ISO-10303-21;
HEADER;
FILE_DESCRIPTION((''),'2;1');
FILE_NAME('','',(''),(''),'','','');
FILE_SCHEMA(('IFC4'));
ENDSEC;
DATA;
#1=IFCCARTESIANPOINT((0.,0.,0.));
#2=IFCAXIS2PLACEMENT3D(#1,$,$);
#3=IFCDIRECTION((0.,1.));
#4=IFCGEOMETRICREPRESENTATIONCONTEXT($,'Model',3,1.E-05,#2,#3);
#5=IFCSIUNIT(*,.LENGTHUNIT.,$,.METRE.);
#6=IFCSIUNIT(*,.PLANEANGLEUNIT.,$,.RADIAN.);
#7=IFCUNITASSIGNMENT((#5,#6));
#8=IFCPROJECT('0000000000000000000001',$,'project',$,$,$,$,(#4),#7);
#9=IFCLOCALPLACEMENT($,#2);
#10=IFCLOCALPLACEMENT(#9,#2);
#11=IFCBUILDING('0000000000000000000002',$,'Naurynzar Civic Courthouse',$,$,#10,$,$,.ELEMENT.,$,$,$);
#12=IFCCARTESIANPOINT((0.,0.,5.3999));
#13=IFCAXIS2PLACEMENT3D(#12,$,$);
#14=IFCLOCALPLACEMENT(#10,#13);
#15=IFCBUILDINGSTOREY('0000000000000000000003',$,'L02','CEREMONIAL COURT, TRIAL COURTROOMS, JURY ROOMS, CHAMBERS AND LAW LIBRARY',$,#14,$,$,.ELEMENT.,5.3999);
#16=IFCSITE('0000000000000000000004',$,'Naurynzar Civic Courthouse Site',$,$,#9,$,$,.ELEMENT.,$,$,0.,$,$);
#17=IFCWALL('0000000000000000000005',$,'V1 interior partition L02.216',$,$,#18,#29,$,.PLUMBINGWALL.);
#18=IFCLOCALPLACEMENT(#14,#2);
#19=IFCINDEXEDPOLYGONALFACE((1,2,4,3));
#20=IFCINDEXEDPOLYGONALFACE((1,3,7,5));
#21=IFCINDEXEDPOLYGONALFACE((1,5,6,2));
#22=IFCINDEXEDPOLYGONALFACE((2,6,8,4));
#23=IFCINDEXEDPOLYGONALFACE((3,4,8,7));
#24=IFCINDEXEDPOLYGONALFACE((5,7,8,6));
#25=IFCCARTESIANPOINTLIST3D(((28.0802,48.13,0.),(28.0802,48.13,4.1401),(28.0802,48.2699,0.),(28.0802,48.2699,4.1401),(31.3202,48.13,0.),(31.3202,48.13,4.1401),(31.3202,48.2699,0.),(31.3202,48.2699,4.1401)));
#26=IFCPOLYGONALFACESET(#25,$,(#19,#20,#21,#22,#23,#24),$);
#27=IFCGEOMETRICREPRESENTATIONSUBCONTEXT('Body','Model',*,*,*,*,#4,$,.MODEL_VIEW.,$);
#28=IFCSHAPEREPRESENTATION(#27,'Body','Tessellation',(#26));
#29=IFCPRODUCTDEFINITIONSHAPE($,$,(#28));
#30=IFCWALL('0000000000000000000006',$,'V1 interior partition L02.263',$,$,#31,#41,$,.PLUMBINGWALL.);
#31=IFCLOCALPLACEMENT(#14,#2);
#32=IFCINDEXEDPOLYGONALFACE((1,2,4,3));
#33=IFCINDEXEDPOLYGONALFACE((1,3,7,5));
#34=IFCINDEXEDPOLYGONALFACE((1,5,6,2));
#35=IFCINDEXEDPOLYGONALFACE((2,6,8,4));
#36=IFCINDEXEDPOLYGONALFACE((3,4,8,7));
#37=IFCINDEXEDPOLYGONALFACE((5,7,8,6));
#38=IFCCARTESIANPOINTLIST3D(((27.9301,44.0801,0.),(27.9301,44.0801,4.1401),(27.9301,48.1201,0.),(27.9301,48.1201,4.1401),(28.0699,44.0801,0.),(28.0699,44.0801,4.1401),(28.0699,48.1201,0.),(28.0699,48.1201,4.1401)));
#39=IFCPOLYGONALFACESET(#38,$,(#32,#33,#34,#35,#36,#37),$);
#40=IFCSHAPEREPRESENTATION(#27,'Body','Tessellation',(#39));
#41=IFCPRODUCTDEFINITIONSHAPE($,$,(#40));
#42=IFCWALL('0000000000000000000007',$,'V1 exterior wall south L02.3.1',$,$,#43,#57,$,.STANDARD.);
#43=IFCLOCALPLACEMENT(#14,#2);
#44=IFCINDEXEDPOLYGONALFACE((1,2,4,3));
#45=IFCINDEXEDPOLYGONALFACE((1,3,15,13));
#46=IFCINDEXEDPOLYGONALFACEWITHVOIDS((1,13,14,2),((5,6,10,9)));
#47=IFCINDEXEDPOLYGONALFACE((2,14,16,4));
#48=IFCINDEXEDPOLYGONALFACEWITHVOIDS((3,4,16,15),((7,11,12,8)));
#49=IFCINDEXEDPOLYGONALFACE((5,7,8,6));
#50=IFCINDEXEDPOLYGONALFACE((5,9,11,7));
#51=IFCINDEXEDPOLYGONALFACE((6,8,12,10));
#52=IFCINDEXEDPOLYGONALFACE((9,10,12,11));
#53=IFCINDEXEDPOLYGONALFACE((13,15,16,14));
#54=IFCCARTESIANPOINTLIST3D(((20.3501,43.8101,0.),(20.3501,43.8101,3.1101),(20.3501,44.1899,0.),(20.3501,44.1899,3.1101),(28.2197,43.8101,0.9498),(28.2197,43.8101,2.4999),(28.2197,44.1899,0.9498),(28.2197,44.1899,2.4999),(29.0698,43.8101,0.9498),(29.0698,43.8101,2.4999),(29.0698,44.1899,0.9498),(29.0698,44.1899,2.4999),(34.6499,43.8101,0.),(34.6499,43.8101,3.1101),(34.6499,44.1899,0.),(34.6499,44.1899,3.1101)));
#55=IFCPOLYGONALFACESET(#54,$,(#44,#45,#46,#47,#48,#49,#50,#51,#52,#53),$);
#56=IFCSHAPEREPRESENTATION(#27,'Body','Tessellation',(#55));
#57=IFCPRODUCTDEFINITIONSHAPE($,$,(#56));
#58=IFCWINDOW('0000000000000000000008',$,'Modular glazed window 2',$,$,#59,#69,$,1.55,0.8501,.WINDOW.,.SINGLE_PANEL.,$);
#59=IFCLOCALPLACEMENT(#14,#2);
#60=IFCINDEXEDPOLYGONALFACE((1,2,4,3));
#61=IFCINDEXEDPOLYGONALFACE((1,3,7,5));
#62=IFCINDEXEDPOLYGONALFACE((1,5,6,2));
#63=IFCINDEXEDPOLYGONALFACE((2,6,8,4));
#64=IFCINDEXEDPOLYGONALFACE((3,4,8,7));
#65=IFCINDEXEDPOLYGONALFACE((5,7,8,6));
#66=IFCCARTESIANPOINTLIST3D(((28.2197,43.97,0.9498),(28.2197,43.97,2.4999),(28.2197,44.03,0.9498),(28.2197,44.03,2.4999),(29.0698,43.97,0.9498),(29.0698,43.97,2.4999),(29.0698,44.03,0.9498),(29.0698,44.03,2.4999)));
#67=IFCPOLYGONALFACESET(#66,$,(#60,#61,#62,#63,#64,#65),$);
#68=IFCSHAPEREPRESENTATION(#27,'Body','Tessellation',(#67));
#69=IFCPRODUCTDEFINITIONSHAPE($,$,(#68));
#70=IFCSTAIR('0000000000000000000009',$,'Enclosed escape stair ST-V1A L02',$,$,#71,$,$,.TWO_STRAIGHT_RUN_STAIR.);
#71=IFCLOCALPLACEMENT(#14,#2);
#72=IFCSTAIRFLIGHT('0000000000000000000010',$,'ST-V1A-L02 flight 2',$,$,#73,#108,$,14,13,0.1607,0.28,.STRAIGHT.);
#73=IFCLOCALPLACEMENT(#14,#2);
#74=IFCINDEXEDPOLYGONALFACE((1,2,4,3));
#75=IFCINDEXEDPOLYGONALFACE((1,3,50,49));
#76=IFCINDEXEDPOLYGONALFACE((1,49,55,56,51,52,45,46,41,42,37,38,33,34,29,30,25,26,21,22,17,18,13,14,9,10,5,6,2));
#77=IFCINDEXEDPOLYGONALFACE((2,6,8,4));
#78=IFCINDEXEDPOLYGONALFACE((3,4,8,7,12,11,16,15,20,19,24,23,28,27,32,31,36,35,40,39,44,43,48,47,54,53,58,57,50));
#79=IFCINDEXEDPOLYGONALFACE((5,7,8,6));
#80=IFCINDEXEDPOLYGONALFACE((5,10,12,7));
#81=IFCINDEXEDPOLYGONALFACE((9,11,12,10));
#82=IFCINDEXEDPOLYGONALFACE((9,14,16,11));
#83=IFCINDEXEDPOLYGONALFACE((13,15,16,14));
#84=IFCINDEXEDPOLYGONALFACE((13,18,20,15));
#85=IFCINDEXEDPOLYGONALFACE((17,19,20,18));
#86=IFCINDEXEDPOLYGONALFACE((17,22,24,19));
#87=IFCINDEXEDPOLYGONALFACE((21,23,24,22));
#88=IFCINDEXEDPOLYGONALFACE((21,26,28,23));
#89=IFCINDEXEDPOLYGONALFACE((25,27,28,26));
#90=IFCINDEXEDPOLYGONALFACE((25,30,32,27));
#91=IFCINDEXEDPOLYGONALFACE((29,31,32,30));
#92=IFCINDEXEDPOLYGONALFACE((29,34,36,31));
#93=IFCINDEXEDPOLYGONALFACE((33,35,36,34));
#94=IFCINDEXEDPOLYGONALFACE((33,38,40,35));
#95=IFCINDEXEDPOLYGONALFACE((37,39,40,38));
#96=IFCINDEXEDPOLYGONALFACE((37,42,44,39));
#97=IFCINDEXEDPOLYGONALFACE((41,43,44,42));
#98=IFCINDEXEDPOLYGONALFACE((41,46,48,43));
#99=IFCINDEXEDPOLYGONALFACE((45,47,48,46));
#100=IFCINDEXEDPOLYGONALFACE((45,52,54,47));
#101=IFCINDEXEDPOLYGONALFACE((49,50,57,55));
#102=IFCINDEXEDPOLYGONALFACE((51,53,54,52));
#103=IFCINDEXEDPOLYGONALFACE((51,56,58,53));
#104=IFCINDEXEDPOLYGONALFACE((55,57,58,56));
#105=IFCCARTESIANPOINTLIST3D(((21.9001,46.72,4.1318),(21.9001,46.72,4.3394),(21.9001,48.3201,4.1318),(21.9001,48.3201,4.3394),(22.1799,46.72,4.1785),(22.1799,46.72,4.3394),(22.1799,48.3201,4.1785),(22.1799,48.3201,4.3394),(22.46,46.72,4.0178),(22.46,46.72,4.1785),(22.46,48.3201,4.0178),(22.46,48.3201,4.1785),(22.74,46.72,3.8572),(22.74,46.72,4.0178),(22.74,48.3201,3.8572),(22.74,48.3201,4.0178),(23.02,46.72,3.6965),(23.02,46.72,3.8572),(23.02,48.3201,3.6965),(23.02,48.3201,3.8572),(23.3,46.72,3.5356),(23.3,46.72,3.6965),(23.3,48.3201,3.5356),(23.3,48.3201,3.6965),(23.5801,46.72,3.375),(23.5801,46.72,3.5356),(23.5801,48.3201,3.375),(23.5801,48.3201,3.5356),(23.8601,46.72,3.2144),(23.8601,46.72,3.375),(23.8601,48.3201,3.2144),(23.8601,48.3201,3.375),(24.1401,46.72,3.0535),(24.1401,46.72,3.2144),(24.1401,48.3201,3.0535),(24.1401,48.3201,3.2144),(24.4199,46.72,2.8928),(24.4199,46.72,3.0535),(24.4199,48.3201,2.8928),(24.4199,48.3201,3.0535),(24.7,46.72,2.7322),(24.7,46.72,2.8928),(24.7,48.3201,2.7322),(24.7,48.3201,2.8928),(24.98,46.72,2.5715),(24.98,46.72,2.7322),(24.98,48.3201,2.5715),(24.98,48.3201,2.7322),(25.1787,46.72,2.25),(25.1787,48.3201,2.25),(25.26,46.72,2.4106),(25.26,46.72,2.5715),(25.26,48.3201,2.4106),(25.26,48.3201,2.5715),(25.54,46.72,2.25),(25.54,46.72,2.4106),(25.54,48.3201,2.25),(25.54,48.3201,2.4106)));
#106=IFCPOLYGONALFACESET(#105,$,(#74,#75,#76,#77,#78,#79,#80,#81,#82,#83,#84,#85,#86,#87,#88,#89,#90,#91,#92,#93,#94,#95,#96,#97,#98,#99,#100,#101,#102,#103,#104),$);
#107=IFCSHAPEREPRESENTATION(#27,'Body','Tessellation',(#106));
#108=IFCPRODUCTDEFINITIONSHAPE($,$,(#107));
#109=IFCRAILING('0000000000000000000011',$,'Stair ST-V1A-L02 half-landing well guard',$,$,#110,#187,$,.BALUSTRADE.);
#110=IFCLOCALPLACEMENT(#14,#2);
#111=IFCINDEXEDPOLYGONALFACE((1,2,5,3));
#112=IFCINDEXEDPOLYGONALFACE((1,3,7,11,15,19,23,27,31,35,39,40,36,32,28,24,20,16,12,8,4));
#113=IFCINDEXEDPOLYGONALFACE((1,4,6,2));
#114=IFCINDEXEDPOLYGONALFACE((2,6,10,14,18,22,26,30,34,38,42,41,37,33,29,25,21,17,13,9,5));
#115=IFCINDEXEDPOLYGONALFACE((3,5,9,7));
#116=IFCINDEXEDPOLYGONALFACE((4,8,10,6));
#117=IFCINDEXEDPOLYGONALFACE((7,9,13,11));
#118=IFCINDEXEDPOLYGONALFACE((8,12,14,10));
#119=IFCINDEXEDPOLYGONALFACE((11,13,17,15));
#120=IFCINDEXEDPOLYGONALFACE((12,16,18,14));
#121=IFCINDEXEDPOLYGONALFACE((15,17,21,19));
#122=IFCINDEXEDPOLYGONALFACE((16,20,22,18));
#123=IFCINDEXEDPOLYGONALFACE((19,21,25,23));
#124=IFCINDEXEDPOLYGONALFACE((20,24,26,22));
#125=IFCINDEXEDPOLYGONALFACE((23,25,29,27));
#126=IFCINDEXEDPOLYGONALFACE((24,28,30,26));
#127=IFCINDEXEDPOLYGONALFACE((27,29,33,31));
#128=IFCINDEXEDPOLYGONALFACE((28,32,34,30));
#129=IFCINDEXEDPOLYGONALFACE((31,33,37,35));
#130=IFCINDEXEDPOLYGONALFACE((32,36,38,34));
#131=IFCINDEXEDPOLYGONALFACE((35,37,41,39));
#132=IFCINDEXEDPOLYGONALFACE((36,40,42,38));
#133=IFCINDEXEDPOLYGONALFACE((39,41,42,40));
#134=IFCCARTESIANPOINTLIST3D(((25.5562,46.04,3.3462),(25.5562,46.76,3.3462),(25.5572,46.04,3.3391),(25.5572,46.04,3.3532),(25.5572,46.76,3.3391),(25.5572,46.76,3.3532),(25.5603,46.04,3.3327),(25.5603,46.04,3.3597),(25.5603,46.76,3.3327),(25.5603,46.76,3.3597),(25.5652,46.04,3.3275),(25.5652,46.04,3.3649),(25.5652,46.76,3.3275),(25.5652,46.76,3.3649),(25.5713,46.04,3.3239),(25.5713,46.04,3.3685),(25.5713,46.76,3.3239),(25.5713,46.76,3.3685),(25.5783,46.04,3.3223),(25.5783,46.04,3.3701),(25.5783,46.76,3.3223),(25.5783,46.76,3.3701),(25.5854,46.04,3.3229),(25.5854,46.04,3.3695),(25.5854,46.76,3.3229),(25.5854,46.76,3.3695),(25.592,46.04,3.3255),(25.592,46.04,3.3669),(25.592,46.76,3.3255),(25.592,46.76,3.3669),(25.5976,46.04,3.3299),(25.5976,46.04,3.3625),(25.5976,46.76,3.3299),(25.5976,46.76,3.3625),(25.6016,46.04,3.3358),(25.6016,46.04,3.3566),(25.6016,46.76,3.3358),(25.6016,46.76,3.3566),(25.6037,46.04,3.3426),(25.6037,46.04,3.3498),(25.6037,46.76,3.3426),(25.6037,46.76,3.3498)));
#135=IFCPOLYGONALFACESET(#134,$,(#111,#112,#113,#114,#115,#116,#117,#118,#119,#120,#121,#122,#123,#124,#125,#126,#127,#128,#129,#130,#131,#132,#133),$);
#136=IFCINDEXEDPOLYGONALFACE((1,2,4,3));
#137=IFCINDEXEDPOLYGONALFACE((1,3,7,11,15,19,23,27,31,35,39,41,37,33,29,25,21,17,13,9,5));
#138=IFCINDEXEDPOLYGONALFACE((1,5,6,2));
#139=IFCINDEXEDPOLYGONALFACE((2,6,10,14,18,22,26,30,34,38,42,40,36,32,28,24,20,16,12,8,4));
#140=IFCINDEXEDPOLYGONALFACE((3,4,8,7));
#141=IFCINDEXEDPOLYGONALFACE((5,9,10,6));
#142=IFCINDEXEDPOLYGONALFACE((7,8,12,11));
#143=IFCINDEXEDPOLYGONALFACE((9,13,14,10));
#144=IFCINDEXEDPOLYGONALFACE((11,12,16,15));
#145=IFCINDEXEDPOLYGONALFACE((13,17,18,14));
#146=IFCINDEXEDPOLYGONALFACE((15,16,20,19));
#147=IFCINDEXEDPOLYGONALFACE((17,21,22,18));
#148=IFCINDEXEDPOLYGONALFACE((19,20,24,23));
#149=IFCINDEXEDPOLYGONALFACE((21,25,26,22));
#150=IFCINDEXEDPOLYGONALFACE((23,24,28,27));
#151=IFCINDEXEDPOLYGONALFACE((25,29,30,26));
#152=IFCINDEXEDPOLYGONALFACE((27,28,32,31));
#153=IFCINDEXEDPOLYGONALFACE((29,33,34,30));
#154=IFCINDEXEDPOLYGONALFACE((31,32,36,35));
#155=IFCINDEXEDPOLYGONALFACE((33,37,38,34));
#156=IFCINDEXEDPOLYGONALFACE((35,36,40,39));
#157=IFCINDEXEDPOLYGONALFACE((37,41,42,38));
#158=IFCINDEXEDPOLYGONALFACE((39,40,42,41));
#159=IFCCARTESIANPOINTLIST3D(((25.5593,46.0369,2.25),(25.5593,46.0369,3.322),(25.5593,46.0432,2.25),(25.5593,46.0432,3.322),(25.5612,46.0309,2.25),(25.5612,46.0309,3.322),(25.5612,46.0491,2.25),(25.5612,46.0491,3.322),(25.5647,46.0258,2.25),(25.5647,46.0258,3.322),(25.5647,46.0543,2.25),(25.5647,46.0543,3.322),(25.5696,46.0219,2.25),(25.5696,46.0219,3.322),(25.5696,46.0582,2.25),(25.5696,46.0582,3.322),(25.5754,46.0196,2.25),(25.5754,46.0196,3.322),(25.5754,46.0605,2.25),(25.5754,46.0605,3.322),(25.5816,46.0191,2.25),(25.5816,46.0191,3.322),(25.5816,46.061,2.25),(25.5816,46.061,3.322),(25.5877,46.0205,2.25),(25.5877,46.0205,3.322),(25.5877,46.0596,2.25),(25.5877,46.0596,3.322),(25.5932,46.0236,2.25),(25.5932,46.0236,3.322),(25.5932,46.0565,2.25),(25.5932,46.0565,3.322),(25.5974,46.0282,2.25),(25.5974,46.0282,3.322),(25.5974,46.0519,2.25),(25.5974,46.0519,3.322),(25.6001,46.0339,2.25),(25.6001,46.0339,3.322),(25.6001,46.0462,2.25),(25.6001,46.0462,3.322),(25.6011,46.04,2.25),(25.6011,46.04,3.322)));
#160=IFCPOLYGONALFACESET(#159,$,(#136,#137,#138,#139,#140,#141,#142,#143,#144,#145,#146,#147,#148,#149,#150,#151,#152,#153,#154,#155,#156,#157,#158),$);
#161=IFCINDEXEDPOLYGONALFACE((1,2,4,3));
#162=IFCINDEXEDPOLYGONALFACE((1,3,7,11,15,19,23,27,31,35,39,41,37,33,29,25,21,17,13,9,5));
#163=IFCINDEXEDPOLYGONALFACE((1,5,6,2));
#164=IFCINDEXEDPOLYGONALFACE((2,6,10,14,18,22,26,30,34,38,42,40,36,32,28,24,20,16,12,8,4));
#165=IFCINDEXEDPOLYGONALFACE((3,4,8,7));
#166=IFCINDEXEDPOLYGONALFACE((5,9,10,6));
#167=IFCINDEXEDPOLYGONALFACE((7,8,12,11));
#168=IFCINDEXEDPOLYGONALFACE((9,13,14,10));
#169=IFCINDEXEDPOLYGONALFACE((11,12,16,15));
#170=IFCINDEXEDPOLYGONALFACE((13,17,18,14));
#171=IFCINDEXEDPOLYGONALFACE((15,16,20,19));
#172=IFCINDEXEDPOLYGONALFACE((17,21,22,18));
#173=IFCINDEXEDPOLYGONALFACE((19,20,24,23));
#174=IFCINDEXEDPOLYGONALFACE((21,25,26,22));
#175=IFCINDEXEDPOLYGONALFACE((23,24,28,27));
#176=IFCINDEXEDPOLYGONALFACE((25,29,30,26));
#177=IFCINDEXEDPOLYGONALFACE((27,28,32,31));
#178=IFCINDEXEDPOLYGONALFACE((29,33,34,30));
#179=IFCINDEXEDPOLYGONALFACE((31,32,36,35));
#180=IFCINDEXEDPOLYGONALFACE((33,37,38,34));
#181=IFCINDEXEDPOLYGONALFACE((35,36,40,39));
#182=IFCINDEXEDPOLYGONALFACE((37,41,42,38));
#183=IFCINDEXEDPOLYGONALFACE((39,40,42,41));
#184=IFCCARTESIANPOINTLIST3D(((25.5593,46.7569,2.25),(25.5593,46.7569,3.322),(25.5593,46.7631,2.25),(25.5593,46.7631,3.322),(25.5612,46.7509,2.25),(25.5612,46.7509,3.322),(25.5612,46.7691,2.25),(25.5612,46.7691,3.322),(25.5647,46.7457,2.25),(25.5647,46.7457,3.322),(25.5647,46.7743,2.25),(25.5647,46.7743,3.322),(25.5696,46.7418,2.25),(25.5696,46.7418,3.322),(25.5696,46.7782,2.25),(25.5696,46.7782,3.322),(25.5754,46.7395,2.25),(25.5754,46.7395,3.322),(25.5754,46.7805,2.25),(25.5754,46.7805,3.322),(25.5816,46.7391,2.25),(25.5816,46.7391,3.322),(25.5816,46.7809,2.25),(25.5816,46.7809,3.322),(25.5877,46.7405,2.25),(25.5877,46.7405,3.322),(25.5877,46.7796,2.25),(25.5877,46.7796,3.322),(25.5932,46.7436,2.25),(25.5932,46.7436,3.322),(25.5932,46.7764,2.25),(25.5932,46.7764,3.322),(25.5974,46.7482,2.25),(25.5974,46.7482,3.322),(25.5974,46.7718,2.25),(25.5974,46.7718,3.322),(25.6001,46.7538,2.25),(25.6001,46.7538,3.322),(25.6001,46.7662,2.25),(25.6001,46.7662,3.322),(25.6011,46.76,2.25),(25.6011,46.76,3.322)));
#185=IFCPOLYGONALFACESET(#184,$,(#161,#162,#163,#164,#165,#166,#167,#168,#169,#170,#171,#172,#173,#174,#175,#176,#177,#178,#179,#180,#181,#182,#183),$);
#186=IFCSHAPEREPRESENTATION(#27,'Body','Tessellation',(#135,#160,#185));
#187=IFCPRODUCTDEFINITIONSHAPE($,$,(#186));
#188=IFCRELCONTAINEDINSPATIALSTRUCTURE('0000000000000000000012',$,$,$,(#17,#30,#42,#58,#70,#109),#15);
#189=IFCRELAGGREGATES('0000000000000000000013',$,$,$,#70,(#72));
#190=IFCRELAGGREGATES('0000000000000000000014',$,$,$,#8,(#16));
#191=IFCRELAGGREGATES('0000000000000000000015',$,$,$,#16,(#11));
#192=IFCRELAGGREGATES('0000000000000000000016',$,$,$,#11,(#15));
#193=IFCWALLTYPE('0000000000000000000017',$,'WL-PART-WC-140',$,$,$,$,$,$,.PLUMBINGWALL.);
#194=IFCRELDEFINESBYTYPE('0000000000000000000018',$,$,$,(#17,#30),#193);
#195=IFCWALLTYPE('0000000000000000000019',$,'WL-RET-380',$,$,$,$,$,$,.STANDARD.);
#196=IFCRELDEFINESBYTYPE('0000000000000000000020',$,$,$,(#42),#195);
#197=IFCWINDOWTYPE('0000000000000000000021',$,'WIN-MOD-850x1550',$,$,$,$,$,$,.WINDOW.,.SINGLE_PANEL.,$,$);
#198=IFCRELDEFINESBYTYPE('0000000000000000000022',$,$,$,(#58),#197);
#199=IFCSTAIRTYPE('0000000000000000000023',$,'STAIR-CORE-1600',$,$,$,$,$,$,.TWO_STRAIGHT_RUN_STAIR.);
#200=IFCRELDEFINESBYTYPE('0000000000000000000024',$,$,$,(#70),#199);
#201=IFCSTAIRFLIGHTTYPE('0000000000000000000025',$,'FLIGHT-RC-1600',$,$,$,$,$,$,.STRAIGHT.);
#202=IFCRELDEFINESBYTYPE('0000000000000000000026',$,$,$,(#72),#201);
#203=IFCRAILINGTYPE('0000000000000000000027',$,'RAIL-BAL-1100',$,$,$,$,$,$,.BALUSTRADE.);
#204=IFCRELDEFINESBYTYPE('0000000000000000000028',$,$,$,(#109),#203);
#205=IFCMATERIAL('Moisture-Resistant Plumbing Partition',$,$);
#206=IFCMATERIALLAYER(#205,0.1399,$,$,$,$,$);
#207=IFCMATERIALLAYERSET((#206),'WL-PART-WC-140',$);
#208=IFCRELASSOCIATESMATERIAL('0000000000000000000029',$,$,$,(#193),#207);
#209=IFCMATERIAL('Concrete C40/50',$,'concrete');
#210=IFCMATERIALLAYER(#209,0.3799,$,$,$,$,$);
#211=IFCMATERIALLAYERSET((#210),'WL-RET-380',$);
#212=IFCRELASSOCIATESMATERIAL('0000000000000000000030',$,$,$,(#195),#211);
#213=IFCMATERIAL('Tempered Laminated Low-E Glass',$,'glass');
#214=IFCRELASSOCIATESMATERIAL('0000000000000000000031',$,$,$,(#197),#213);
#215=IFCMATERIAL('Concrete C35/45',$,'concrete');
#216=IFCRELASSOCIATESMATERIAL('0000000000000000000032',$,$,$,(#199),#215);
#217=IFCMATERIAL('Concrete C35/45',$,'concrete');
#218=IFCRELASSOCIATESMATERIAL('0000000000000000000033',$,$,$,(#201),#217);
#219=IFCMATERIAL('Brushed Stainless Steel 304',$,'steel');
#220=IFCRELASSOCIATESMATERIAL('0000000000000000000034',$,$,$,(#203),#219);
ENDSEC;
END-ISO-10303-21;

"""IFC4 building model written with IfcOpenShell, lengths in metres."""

from ifc_helpers import new_model, si_unit, direction, frame, frame_2d, origin, origin_2d, place, context, subcontext, project, spatial, polyline, rectangle, circle, outline, extrude, material, layer, layer_set, type_object, element, fill, aggregate, save


model = new_model("IFC4")

# Units and contexts
model_context = context("Model", 3, precision=1e-05, world=origin(), true_north=direction((0.0, 1.0)))
body_context = subcontext(model_context, "Body", "Model", "MODEL_VIEW")
ifc_project = project(units=[si_unit("LENGTHUNIT", "METRE"), si_unit("PLANEANGLEUNIT", "RADIAN")], contexts=[model_context])

# Site, building, storey
site_placement = place(None, origin())
site = spatial("IfcSite", under=ifc_project, at=site_placement, Name="Naurynzar Civic Courthouse Site", CompositionType="ELEMENT", RefElevation=0.0)
building_placement = place(site_placement, origin())
building = spatial("IfcBuilding", under=site, at=building_placement, Name="Naurynzar Civic Courthouse", CompositionType="ELEMENT")
storey_placement = place(building_placement, frame((0.0, 0.0, 5.3999)))
storey = spatial("IfcBuildingStorey", under=building, at=storey_placement, Name="L02", Description="CEREMONIAL COURT, TRIAL COURTROOMS, JURY ROOMS, CHAMBERS AND LAW LIBRARY", CompositionType="ELEMENT", Elevation=5.3999)

# Walls
ifc_material_1 = material(Name="Moisture-Resistant Plumbing Partition")
ifc_layer_1 = layer(ifc_material_1, 0.1399)
ifc_layer_set_1 = layer_set([ifc_layer_1], Name="WL-PART-WC-140")
wall_type_1 = type_object("IfcWallType", Name="WL-PART-WC-140", PredefinedType="PLUMBINGWALL", material=ifc_layer_set_1)
wall_1_placement = place(storey_placement, frame((28.0801, 48.2, 0.0), z_axis=(0.0, 0.0, 1.0), x_axis=(1.0, 0.0, 0.0)))
element("IfcWall", 1, at=wall_1_placement, inside=storey, type_object=wall_type_1, Name="V1 interior partition L02.216", PredefinedType="PLUMBINGWALL", context=body_context, shape_type="SweptSolid", body=[
    extrude(rectangle(XDim=3.24, YDim=0.1399, at=frame_2d((1.6201, 0.0))), origin(), (0.0, 0.0, 1.0), 4.1401),
])
wall_2_placement = place(storey_placement, frame((28.0, 44.0801, 0.0), z_axis=(0.0, 0.0, 1.0), x_axis=(0.0, 1.0, 0.0)))
element("IfcWall", 2, at=wall_2_placement, inside=storey, type_object=wall_type_1, Name="V1 interior partition L02.263", PredefinedType="PLUMBINGWALL", context=body_context, shape_type="SweptSolid", body=[
    extrude(rectangle(XDim=4.04, YDim=0.1399, at=frame_2d((2.02, 0.0))), origin(), (0.0, 0.0, 1.0), 4.1401),
])

# Wall, opening, window
ifc_material_2 = material(Name="Concrete C40/50", Category="concrete")
ifc_layer_2 = layer(ifc_material_2, 0.3799)
ifc_layer_set_2 = layer_set([ifc_layer_2], Name="WL-RET-380")
wall_type_2 = type_object("IfcWallType", Name="WL-RET-380", PredefinedType="STANDARD", material=ifc_layer_set_2)
wall_3_placement = place(storey_placement, frame((34.6499, 44.0, 0.0), z_axis=(0.0, 0.0, 1.0), x_axis=(-1.0, 0.0, 0.0)))
wall_3 = element("IfcWall", 3, at=wall_3_placement, inside=storey, type_object=wall_type_2, Name="V1 exterior wall south L02.3.1", PredefinedType="STANDARD", context=body_context, shape_type="SweptSolid", body=[
    extrude(rectangle(XDim=14.2998, YDim=0.3799, at=frame_2d((7.1499, 0.0))), origin(), (0.0, 0.0, 1.0), 3.1101),
])
opening_1_placement = place(wall_3_placement, frame((5.5801, 0.0, 0.95)))
opening_1 = element("IfcOpeningElement", 4, at=opening_1_placement, cuts=wall_3, PredefinedType="OPENING", context=body_context, shape_type="SweptSolid", body=[
    extrude(rectangle(XDim=0.8501, YDim=1.55, at=frame_2d((0.425, 0.7749))), frame((0.0, 0.2, 0.0), z_axis=(0.0, -1.0, 0.0), x_axis=(1.0, 0.0, 0.0)), (0.0, 0.0, 1.0), 0.3999),
])
ifc_material_3 = material(Name="Tempered Laminated Low-E Glass", Category="glass")
window_type = type_object("IfcWindowType", Name="WIN-MOD-850x1550", PartitioningType="SINGLE_PANEL", PredefinedType="WINDOW", material=ifc_material_3)
window_placement = place(opening_1_placement, origin())
window = element("IfcWindow", 5, at=window_placement, inside=storey, type_object=window_type, Name="Modular glazed window 2", OverallHeight=1.55, OverallWidth=0.8501, PartitioningType="SINGLE_PANEL", PredefinedType="WINDOW", context=body_context, shape_type="SweptSolid", body=[
    extrude(rectangle(XDim=0.8501, YDim=1.55, at=frame_2d((0.425, 0.7749))), frame((0.0, 0.03, 0.0), z_axis=(0.0, -1.0, 0.0), x_axis=(1.0, 0.0, 0.0)), (0.0, 0.0, 1.0), 0.0601),
])
fill(opening_1, window)

# Stair, stair flight
ifc_material_4 = material(Name="Concrete C35/45", Category="concrete")
stair_type = type_object("IfcStairType", Name="STAIR-CORE-1600", PredefinedType="TWO_STRAIGHT_RUN_STAIR", material=ifc_material_4)
stair_placement = place(storey_placement, origin())
stair = element("IfcStair", 6, at=stair_placement, inside=storey, type_object=stair_type, Name="Enclosed escape stair ST-V1A L02", PredefinedType="TWO_STRAIGHT_RUN_STAIR")
ifc_material_5 = material(Name="Concrete C35/45", Category="concrete")
stair_flight_type = type_object("IfcStairFlightType", Name="FLIGHT-RC-1600", PredefinedType="STRAIGHT", material=ifc_material_5)
stair_flight_placement = place(storey_placement, frame((25.54, 47.52, 2.25), z_axis=(0.0, 0.0, 1.0), x_axis=(-1.0, 0.0, 0.0)))
stair_flight = element("IfcStairFlight", 7, at=stair_flight_placement, type_object=stair_flight_type, Name="ST-V1A-L02 flight 2", NumberOfRisers=14, NumberOfTreads=13, PredefinedType="STRAIGHT", RiserHeight=0.1607, TreadLength=0.28, context=body_context, shape_type="SweptSolid", body=[
    extrude(outline(polyline([(0.0, 0.0), (0.0, 0.1606), (0.28, 0.1606), (0.28, 0.3215), (0.5601, 0.3215), (0.5601, 0.4822), (0.8401, 0.4822), (0.8401, 0.6428), (1.1201, 0.6428), (1.1201, 0.8035), (1.3999, 0.8035), (1.3999, 0.9644), (1.6799, 0.9644), (1.6799, 1.125), (1.96, 1.125), (1.96, 1.2856), (2.24, 1.2856), (2.24, 1.4465), (2.52, 1.4465), (2.52, 1.6072), (2.8, 1.6072), (2.8, 1.7678), (3.0801, 1.7678), (3.0801, 1.9285), (3.3601, 1.9285), (3.3601, 2.0894), (3.6399, 2.0894), (3.6399, 2.25), (3.6399, 1.8818), (0.3613, 0.0), (0.0, 0.0)])), frame((0.0, 0.8, 0.0), z_axis=(0.0, -1.0, 0.0), x_axis=(1.0, 0.0, 0.0)), (0.0, 0.0, 1.0), 1.6001),
])
aggregate(stair, [stair_flight])

# Railing
ifc_material_6 = material(Name="Brushed Stainless Steel 304", Category="steel")
railing_type_1 = type_object("IfcRailingType", Name="RAIL-BAL-1100", PredefinedType="BALUSTRADE", material=ifc_material_6)
railing_1_placement = place(storey_placement, frame((25.5801, 46.04, 2.25)))
element("IfcRailing", 8, at=railing_1_placement, inside=storey, type_object=railing_type_1, Name="Stair ST-V1A-L02 half-landing well guard", PredefinedType="BALUSTRADE", context=body_context, shape_type="SweptSolid", body=[
    extrude(circle(Radius=0.0239, at=origin_2d()), frame((0.0, 0.0, 1.0962), z_axis=(0.0, 1.0, 0.0), x_axis=(-1.0, 0.0, 0.0)), (0.0, 0.0, 1.0), 0.72),
    extrude(circle(Radius=0.021, at=origin_2d()), origin(), (0.0, 0.0, 1.0), 1.072),
    extrude(circle(Radius=0.021, at=origin_2d()), frame((0.0, 0.72, 0.0)), (0.0, 0.0, 1.0), 1.072),
])

save(model, "model.ifc")
